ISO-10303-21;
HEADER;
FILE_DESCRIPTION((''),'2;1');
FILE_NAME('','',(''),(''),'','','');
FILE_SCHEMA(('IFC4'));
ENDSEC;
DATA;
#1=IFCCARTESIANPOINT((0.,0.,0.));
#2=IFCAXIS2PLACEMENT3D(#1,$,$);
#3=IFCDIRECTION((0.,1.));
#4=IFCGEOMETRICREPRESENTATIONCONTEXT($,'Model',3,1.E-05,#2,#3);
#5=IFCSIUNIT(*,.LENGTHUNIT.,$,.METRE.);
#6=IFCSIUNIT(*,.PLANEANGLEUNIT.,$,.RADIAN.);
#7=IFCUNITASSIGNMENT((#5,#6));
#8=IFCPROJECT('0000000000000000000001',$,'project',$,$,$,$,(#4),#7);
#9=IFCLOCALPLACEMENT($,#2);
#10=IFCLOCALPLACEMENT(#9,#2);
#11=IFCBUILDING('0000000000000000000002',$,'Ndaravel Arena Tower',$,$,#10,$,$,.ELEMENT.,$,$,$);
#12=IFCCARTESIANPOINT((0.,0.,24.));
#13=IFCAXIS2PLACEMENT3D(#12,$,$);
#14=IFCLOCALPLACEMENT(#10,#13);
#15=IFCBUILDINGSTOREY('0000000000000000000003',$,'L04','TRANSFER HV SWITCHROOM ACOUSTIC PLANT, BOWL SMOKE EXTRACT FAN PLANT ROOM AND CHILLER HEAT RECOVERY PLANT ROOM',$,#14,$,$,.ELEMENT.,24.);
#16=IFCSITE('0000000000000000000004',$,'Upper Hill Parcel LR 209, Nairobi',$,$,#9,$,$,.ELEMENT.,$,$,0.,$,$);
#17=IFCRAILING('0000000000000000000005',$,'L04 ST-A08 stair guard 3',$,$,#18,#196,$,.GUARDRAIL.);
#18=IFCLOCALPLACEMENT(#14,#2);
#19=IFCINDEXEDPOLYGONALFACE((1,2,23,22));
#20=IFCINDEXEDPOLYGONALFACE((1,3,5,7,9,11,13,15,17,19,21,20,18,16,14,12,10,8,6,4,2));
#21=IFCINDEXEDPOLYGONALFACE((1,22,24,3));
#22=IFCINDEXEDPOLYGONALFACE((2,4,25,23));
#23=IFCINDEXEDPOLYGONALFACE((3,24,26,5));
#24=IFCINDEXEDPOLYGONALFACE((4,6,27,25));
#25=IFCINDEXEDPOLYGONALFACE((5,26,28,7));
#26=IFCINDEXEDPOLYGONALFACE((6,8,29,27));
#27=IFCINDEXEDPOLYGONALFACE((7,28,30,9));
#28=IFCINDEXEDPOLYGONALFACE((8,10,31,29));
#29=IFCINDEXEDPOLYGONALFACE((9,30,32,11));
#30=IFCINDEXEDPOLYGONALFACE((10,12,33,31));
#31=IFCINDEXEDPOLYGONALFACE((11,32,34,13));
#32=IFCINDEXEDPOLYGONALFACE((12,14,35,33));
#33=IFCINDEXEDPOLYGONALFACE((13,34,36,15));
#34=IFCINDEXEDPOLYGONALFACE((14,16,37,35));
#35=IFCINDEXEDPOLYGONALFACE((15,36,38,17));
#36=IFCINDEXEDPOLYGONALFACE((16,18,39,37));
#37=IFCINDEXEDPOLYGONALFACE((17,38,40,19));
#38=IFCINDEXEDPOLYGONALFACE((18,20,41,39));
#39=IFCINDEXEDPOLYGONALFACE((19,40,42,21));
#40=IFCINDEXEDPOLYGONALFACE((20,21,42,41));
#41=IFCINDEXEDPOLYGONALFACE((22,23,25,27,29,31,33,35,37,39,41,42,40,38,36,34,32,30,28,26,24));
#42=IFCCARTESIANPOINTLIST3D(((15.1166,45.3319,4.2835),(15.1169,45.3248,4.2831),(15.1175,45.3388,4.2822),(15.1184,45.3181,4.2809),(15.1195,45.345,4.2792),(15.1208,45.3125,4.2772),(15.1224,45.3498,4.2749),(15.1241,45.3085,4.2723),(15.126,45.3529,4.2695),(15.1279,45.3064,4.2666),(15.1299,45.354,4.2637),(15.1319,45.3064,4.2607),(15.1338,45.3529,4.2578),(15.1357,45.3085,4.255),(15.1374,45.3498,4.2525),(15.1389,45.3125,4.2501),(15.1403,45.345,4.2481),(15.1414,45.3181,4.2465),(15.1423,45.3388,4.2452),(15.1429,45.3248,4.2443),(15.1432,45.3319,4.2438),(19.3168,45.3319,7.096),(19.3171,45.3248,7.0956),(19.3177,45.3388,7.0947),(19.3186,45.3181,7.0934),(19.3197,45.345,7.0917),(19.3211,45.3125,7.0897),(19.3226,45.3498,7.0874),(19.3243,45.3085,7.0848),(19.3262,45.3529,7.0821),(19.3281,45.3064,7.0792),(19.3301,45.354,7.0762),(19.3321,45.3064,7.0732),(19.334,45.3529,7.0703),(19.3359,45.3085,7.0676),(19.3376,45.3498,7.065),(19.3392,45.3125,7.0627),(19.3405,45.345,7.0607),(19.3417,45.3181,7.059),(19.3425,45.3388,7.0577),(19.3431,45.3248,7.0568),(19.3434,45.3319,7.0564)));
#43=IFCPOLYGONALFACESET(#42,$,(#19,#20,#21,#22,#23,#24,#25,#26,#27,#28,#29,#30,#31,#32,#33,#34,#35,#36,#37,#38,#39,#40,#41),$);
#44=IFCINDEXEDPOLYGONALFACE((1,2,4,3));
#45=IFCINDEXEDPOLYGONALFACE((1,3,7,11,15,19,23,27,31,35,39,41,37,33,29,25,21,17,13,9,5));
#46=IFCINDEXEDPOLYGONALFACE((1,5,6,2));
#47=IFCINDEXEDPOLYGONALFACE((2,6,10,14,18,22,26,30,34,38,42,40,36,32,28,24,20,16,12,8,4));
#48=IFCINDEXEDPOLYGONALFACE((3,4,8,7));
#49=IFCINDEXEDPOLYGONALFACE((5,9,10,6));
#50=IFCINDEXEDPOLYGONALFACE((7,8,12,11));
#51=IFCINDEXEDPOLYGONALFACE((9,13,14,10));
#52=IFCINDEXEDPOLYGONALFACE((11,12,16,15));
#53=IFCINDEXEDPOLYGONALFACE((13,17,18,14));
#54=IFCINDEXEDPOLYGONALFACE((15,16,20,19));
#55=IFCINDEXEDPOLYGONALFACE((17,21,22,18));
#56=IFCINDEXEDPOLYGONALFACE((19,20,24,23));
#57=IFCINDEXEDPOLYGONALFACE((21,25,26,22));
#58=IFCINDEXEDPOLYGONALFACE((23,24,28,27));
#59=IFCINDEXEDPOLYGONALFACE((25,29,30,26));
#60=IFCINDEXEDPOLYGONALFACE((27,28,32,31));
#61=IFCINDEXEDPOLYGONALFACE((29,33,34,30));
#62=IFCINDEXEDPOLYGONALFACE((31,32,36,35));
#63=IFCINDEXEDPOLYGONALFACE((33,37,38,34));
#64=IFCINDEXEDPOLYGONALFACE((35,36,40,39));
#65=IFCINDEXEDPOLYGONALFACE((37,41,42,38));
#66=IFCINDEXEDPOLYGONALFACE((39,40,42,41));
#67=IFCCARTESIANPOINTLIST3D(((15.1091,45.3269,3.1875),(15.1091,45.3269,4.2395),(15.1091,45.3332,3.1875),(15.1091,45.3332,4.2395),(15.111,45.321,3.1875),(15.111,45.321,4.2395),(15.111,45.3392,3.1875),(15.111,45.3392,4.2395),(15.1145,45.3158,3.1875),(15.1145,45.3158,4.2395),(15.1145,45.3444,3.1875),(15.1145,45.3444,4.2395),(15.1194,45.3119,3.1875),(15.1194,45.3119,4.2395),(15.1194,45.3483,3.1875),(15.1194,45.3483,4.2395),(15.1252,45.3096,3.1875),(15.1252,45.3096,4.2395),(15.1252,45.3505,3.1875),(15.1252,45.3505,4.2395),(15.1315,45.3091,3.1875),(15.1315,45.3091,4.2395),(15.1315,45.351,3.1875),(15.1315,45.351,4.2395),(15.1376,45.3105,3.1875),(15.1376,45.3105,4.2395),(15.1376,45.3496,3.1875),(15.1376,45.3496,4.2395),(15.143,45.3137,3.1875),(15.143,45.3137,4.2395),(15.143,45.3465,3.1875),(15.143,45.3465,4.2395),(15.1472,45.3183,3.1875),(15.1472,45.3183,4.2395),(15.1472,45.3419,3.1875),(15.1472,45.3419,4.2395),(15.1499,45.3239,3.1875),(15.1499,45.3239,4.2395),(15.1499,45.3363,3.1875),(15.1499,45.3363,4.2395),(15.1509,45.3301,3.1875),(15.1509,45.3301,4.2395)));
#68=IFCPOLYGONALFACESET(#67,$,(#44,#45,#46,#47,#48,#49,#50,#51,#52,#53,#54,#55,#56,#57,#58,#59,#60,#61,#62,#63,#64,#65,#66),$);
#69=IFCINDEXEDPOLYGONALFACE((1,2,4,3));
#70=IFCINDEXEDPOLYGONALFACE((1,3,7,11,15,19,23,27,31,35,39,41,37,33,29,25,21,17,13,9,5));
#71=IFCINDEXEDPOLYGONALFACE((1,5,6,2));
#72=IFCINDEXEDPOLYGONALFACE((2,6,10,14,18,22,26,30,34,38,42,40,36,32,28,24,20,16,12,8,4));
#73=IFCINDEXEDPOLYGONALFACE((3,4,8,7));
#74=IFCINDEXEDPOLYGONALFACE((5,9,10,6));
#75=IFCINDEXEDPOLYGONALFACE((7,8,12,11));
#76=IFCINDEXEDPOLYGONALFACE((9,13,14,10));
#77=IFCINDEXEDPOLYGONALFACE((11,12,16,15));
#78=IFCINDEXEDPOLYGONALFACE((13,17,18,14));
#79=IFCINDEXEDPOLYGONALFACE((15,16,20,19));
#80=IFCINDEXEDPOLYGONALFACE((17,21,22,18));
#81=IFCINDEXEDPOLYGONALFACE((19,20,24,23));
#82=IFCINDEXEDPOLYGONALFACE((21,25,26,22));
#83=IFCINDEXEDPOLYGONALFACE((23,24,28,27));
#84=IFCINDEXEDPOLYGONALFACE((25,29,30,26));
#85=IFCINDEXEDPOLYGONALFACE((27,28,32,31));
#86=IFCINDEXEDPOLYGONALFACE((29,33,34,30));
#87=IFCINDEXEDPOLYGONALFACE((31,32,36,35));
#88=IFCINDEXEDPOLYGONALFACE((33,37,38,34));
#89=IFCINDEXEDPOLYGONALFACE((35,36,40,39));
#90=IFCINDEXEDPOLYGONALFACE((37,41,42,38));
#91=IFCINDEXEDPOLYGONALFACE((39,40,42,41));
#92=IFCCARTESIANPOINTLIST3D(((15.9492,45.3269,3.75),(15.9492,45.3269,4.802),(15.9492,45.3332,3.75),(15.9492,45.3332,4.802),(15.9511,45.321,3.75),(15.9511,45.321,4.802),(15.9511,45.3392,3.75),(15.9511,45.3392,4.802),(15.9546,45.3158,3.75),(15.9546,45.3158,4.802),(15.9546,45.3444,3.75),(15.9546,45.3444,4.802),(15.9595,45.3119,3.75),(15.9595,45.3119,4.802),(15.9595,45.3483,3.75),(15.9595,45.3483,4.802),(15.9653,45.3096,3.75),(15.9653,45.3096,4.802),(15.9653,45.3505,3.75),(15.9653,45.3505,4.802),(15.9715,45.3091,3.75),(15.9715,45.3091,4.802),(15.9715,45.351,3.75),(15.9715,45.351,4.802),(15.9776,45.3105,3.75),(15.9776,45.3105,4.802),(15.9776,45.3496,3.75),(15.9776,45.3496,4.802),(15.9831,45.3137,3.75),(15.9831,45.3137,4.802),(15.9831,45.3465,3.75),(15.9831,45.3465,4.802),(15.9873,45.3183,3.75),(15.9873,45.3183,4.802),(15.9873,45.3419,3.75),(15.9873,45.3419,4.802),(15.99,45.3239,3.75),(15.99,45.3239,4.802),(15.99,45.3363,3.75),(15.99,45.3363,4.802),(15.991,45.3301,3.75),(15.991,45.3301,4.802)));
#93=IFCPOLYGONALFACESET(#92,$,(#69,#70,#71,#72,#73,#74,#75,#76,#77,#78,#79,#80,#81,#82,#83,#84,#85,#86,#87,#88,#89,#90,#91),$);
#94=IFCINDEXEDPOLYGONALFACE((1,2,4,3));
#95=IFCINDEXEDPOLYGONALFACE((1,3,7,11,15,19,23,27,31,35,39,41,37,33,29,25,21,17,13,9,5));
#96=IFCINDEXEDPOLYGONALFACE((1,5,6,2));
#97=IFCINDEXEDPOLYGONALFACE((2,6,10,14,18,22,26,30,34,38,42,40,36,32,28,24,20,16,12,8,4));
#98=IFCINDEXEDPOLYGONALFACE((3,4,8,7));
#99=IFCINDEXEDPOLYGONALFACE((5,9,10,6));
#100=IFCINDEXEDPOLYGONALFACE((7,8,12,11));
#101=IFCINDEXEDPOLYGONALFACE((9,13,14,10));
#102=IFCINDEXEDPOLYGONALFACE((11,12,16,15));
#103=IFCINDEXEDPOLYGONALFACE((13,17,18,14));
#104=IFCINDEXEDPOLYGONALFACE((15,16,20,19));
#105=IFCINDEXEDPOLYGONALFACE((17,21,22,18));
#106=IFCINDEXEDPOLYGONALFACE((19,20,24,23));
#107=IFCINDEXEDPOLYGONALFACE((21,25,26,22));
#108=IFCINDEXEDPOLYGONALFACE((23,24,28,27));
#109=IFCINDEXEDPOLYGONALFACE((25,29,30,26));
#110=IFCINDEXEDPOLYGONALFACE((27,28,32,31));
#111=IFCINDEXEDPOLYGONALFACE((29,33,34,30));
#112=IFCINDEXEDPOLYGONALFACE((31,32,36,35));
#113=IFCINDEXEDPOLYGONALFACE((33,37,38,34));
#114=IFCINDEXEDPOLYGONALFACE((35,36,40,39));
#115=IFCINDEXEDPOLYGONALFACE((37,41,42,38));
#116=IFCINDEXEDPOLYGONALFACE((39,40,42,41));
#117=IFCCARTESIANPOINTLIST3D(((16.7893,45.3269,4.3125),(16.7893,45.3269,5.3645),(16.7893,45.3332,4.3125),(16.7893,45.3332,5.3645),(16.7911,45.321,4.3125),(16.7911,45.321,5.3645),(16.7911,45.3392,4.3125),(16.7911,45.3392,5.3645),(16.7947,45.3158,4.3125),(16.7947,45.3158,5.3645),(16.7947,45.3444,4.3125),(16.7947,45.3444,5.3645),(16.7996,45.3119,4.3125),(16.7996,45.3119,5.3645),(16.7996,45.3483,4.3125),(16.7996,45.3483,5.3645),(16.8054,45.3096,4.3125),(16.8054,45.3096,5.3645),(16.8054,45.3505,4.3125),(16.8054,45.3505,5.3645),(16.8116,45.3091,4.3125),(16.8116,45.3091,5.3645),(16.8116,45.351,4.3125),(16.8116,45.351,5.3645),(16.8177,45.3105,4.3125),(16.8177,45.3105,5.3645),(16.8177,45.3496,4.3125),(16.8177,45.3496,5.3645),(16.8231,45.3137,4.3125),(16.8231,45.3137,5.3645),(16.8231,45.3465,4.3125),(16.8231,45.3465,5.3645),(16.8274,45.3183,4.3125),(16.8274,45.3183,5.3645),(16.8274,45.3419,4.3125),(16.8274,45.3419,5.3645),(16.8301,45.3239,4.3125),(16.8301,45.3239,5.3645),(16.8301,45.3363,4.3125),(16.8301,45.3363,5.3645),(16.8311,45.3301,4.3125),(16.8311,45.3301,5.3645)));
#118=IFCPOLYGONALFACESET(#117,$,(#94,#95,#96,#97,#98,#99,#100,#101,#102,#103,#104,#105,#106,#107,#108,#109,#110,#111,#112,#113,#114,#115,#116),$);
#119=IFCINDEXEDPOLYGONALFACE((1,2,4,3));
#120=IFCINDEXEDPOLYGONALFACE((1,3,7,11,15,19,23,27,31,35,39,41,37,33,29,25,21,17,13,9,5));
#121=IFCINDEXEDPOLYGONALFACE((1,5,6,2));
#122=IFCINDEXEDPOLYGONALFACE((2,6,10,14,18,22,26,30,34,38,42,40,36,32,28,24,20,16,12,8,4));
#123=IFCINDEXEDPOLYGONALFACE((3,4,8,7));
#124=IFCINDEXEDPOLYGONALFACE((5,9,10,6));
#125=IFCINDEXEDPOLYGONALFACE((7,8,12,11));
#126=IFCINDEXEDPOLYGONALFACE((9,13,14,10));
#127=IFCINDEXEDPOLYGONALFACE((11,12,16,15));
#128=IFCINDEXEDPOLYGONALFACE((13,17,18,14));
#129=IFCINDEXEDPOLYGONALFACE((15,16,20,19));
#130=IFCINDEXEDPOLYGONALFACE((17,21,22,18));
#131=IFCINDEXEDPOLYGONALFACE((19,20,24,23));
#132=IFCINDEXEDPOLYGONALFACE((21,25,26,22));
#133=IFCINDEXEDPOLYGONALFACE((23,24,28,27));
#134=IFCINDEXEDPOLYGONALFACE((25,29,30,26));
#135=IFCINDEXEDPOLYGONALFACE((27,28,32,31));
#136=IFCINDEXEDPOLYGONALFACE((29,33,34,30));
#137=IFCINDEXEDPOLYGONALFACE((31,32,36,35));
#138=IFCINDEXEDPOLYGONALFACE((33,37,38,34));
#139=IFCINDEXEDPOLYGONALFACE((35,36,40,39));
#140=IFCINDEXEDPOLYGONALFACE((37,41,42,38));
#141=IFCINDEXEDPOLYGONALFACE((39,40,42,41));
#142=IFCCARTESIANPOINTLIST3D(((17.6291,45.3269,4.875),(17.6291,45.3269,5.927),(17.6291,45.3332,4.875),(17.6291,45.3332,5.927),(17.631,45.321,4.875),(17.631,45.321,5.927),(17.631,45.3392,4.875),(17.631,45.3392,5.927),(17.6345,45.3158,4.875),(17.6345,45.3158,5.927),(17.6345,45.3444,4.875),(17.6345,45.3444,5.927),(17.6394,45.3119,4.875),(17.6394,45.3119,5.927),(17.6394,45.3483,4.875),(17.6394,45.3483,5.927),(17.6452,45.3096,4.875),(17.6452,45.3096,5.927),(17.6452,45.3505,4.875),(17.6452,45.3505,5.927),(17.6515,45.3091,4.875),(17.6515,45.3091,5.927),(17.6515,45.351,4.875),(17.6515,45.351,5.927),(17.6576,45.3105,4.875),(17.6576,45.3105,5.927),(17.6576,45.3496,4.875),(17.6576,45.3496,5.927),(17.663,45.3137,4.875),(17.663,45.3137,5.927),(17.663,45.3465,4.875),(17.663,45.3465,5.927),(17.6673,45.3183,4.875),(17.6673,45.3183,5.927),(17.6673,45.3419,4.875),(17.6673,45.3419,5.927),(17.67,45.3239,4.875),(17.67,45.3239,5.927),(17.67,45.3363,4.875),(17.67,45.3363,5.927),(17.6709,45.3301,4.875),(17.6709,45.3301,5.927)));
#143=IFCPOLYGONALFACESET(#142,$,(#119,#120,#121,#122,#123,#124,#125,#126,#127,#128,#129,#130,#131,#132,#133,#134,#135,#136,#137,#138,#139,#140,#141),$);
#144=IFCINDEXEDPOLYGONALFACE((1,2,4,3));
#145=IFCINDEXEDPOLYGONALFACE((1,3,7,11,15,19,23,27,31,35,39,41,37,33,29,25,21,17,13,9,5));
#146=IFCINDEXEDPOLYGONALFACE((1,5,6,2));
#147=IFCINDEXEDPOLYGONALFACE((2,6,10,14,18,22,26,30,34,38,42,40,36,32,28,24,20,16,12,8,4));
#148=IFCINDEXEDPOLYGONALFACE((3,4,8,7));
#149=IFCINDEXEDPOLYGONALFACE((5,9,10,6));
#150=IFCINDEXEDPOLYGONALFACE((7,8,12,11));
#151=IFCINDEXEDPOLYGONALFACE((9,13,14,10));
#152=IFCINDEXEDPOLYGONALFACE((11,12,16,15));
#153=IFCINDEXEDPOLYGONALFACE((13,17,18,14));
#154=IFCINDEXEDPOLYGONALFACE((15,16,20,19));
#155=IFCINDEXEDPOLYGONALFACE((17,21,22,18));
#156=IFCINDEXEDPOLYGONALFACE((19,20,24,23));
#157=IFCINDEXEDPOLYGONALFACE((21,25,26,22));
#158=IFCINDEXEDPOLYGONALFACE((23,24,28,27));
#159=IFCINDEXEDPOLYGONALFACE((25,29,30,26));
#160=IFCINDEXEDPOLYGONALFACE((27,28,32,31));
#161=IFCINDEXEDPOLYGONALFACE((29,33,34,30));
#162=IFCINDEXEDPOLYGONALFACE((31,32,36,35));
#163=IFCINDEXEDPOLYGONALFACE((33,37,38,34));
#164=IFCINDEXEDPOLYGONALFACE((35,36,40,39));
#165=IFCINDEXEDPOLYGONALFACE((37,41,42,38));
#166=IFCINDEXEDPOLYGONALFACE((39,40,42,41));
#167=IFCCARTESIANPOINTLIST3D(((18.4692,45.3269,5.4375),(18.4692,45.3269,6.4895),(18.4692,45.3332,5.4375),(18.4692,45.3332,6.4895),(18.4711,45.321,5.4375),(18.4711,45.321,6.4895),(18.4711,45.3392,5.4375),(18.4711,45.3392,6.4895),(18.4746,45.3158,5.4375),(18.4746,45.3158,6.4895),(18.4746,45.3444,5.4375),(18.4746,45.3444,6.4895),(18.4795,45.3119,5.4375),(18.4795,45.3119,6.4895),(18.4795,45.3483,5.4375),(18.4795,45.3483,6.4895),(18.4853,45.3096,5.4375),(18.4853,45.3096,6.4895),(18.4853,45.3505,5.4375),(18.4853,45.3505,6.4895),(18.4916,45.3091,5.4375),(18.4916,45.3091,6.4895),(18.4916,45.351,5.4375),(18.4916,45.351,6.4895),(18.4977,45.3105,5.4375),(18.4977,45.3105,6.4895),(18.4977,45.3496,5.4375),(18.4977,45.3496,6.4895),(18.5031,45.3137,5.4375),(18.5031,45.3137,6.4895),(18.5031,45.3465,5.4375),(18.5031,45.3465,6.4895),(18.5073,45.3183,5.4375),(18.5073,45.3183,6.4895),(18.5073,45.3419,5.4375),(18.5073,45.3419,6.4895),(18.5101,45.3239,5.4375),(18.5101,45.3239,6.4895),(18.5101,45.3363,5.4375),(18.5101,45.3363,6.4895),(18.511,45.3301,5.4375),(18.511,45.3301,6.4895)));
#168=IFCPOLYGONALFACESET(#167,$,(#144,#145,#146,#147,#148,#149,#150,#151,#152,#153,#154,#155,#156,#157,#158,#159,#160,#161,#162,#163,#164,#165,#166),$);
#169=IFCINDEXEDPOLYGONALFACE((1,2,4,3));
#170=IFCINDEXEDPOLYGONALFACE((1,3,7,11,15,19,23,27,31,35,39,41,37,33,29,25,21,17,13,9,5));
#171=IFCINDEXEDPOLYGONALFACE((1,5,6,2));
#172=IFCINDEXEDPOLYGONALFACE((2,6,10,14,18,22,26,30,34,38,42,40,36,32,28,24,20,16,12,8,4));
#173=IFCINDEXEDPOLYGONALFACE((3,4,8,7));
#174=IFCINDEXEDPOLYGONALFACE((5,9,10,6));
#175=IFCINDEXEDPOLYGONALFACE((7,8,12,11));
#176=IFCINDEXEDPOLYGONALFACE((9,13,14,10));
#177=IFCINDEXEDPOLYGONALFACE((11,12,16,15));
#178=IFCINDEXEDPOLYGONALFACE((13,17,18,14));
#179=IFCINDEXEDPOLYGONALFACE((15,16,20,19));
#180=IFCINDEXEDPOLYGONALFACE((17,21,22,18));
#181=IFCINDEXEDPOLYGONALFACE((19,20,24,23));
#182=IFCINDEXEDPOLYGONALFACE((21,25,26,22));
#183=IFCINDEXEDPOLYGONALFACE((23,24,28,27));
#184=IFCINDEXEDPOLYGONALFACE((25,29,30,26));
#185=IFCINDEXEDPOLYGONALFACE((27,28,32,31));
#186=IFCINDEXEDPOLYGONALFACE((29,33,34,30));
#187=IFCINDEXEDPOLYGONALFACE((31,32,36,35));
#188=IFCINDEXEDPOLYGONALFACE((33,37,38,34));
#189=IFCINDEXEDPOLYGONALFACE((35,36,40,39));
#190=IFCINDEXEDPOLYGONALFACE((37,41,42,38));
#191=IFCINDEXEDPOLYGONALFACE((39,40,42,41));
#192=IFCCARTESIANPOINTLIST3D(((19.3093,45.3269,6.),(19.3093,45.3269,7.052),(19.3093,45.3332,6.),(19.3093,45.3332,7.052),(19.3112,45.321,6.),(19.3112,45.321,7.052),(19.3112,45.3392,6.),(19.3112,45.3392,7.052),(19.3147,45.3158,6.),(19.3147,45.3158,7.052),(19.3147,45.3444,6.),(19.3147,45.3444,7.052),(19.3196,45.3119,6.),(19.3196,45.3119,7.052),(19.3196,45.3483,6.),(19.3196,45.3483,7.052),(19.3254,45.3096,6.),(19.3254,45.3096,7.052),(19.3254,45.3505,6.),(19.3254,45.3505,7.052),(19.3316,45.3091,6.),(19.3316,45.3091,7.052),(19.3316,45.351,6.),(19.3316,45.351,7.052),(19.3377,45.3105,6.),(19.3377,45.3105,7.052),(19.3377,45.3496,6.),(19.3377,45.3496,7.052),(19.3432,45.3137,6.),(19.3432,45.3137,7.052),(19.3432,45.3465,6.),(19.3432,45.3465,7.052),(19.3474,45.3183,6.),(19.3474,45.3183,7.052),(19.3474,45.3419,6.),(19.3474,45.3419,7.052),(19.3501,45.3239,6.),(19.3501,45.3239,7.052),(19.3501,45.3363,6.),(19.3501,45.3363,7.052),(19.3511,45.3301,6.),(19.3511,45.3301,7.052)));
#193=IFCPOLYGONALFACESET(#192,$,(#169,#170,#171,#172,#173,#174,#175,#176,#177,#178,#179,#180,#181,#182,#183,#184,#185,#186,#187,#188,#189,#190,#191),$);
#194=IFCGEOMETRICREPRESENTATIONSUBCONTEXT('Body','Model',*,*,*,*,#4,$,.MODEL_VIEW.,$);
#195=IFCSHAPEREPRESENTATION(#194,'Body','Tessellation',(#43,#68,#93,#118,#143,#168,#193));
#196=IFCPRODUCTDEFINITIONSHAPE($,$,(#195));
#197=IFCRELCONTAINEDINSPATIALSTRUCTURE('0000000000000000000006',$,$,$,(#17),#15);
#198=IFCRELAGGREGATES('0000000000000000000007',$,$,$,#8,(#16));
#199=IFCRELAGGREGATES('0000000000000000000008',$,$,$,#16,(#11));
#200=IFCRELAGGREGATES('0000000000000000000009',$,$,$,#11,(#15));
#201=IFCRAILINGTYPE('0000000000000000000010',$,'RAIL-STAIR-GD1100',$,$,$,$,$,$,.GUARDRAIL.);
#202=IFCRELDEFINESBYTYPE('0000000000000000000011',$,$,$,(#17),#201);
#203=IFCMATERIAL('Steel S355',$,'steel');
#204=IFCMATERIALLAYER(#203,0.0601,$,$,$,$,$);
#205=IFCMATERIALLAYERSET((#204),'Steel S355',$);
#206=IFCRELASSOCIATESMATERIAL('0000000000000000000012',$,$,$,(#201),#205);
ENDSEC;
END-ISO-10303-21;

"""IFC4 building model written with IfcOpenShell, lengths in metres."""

from ifc_helpers import new_model, si_unit, direction, frame, origin, origin_2d, place, context, subcontext, project, spatial, circle, extrude, material, layer, layer_set, type_object, element, save


model = new_model("IFC4")

# Units and contexts
model_context = context("Model", 3, precision=1e-05, world=origin(), true_north=direction((0.0, 1.0)))
body_context = subcontext(model_context, "Body", "Model", "MODEL_VIEW")
ifc_project = project(units=[si_unit("LENGTHUNIT", "METRE"), si_unit("PLANEANGLEUNIT", "RADIAN")], contexts=[model_context])

# Site, building, storey
site_placement = place(None, origin())
site = spatial("IfcSite", under=ifc_project, at=site_placement, Name="Upper Hill Parcel LR 209, Nairobi", CompositionType="ELEMENT", RefElevation=0.0)
building_placement = place(site_placement, origin())
building = spatial("IfcBuilding", under=site, at=building_placement, Name="Ndaravel Arena Tower", CompositionType="ELEMENT")
storey_placement = place(building_placement, frame((0.0, 0.0, 24.0)))
storey = spatial("IfcBuildingStorey", under=building, at=storey_placement, Name="L04", Description="TRANSFER HV SWITCHROOM ACOUSTIC PLANT, BOWL SMOKE EXTRACT FAN PLANT ROOM AND CHILLER HEAT RECOVERY PLANT ROOM", CompositionType="ELEMENT", Elevation=24.0)

# Railing
ifc_material_1 = material(Name="Steel S355", Category="steel")
ifc_layer_1 = layer(ifc_material_1, 0.0601)
ifc_layer_set_1 = layer_set([ifc_layer_1], Name="Steel S355")
railing_type_1 = type_object("IfcRailingType", Name="RAIL-STAIR-GD1100", PredefinedType="GUARDRAIL", material=ifc_layer_set_1)
railing_1_placement = place(storey_placement, frame((15.1299, 45.3301, 3.1875)))
element("IfcRailing", 1, at=railing_1_placement, inside=storey, type_object=railing_type_1, Name="L04 ST-A08 stair guard 3", PredefinedType="GUARDRAIL", context=body_context, shape_type="SweptSolid", body=[
    extrude(circle(Radius=0.0239, at=origin_2d()), frame((0.0, 0.0, 1.0762), z_axis=(0.830919, 0.0, 0.556393), x_axis=(0.0, 1.0, 0.0)), (0.0, 0.0, 1.0), 5.0549),
    extrude(circle(Radius=0.021, at=origin_2d()), origin(), (0.0, 0.0, 1.0), 1.052),
    extrude(circle(Radius=0.021, at=origin_2d()), frame((0.8401, 0.0, 0.5625)), (0.0, 0.0, 1.0), 1.052),
    extrude(circle(Radius=0.021, at=origin_2d()), frame((1.6802, 0.0, 1.125)), (0.0, 0.0, 1.0), 1.052),
    extrude(circle(Radius=0.021, at=origin_2d()), frame((2.52, 0.0, 1.6875)), (0.0, 0.0, 1.0), 1.052),
    extrude(circle(Radius=0.021, at=origin_2d()), frame((3.3601, 0.0, 2.25)), (0.0, 0.0, 1.0), 1.052),
    extrude(circle(Radius=0.021, at=origin_2d()), frame((4.2002, 0.0, 2.8125)), (0.0, 0.0, 1.0), 1.052),
])

save(model, "model.ifc")
